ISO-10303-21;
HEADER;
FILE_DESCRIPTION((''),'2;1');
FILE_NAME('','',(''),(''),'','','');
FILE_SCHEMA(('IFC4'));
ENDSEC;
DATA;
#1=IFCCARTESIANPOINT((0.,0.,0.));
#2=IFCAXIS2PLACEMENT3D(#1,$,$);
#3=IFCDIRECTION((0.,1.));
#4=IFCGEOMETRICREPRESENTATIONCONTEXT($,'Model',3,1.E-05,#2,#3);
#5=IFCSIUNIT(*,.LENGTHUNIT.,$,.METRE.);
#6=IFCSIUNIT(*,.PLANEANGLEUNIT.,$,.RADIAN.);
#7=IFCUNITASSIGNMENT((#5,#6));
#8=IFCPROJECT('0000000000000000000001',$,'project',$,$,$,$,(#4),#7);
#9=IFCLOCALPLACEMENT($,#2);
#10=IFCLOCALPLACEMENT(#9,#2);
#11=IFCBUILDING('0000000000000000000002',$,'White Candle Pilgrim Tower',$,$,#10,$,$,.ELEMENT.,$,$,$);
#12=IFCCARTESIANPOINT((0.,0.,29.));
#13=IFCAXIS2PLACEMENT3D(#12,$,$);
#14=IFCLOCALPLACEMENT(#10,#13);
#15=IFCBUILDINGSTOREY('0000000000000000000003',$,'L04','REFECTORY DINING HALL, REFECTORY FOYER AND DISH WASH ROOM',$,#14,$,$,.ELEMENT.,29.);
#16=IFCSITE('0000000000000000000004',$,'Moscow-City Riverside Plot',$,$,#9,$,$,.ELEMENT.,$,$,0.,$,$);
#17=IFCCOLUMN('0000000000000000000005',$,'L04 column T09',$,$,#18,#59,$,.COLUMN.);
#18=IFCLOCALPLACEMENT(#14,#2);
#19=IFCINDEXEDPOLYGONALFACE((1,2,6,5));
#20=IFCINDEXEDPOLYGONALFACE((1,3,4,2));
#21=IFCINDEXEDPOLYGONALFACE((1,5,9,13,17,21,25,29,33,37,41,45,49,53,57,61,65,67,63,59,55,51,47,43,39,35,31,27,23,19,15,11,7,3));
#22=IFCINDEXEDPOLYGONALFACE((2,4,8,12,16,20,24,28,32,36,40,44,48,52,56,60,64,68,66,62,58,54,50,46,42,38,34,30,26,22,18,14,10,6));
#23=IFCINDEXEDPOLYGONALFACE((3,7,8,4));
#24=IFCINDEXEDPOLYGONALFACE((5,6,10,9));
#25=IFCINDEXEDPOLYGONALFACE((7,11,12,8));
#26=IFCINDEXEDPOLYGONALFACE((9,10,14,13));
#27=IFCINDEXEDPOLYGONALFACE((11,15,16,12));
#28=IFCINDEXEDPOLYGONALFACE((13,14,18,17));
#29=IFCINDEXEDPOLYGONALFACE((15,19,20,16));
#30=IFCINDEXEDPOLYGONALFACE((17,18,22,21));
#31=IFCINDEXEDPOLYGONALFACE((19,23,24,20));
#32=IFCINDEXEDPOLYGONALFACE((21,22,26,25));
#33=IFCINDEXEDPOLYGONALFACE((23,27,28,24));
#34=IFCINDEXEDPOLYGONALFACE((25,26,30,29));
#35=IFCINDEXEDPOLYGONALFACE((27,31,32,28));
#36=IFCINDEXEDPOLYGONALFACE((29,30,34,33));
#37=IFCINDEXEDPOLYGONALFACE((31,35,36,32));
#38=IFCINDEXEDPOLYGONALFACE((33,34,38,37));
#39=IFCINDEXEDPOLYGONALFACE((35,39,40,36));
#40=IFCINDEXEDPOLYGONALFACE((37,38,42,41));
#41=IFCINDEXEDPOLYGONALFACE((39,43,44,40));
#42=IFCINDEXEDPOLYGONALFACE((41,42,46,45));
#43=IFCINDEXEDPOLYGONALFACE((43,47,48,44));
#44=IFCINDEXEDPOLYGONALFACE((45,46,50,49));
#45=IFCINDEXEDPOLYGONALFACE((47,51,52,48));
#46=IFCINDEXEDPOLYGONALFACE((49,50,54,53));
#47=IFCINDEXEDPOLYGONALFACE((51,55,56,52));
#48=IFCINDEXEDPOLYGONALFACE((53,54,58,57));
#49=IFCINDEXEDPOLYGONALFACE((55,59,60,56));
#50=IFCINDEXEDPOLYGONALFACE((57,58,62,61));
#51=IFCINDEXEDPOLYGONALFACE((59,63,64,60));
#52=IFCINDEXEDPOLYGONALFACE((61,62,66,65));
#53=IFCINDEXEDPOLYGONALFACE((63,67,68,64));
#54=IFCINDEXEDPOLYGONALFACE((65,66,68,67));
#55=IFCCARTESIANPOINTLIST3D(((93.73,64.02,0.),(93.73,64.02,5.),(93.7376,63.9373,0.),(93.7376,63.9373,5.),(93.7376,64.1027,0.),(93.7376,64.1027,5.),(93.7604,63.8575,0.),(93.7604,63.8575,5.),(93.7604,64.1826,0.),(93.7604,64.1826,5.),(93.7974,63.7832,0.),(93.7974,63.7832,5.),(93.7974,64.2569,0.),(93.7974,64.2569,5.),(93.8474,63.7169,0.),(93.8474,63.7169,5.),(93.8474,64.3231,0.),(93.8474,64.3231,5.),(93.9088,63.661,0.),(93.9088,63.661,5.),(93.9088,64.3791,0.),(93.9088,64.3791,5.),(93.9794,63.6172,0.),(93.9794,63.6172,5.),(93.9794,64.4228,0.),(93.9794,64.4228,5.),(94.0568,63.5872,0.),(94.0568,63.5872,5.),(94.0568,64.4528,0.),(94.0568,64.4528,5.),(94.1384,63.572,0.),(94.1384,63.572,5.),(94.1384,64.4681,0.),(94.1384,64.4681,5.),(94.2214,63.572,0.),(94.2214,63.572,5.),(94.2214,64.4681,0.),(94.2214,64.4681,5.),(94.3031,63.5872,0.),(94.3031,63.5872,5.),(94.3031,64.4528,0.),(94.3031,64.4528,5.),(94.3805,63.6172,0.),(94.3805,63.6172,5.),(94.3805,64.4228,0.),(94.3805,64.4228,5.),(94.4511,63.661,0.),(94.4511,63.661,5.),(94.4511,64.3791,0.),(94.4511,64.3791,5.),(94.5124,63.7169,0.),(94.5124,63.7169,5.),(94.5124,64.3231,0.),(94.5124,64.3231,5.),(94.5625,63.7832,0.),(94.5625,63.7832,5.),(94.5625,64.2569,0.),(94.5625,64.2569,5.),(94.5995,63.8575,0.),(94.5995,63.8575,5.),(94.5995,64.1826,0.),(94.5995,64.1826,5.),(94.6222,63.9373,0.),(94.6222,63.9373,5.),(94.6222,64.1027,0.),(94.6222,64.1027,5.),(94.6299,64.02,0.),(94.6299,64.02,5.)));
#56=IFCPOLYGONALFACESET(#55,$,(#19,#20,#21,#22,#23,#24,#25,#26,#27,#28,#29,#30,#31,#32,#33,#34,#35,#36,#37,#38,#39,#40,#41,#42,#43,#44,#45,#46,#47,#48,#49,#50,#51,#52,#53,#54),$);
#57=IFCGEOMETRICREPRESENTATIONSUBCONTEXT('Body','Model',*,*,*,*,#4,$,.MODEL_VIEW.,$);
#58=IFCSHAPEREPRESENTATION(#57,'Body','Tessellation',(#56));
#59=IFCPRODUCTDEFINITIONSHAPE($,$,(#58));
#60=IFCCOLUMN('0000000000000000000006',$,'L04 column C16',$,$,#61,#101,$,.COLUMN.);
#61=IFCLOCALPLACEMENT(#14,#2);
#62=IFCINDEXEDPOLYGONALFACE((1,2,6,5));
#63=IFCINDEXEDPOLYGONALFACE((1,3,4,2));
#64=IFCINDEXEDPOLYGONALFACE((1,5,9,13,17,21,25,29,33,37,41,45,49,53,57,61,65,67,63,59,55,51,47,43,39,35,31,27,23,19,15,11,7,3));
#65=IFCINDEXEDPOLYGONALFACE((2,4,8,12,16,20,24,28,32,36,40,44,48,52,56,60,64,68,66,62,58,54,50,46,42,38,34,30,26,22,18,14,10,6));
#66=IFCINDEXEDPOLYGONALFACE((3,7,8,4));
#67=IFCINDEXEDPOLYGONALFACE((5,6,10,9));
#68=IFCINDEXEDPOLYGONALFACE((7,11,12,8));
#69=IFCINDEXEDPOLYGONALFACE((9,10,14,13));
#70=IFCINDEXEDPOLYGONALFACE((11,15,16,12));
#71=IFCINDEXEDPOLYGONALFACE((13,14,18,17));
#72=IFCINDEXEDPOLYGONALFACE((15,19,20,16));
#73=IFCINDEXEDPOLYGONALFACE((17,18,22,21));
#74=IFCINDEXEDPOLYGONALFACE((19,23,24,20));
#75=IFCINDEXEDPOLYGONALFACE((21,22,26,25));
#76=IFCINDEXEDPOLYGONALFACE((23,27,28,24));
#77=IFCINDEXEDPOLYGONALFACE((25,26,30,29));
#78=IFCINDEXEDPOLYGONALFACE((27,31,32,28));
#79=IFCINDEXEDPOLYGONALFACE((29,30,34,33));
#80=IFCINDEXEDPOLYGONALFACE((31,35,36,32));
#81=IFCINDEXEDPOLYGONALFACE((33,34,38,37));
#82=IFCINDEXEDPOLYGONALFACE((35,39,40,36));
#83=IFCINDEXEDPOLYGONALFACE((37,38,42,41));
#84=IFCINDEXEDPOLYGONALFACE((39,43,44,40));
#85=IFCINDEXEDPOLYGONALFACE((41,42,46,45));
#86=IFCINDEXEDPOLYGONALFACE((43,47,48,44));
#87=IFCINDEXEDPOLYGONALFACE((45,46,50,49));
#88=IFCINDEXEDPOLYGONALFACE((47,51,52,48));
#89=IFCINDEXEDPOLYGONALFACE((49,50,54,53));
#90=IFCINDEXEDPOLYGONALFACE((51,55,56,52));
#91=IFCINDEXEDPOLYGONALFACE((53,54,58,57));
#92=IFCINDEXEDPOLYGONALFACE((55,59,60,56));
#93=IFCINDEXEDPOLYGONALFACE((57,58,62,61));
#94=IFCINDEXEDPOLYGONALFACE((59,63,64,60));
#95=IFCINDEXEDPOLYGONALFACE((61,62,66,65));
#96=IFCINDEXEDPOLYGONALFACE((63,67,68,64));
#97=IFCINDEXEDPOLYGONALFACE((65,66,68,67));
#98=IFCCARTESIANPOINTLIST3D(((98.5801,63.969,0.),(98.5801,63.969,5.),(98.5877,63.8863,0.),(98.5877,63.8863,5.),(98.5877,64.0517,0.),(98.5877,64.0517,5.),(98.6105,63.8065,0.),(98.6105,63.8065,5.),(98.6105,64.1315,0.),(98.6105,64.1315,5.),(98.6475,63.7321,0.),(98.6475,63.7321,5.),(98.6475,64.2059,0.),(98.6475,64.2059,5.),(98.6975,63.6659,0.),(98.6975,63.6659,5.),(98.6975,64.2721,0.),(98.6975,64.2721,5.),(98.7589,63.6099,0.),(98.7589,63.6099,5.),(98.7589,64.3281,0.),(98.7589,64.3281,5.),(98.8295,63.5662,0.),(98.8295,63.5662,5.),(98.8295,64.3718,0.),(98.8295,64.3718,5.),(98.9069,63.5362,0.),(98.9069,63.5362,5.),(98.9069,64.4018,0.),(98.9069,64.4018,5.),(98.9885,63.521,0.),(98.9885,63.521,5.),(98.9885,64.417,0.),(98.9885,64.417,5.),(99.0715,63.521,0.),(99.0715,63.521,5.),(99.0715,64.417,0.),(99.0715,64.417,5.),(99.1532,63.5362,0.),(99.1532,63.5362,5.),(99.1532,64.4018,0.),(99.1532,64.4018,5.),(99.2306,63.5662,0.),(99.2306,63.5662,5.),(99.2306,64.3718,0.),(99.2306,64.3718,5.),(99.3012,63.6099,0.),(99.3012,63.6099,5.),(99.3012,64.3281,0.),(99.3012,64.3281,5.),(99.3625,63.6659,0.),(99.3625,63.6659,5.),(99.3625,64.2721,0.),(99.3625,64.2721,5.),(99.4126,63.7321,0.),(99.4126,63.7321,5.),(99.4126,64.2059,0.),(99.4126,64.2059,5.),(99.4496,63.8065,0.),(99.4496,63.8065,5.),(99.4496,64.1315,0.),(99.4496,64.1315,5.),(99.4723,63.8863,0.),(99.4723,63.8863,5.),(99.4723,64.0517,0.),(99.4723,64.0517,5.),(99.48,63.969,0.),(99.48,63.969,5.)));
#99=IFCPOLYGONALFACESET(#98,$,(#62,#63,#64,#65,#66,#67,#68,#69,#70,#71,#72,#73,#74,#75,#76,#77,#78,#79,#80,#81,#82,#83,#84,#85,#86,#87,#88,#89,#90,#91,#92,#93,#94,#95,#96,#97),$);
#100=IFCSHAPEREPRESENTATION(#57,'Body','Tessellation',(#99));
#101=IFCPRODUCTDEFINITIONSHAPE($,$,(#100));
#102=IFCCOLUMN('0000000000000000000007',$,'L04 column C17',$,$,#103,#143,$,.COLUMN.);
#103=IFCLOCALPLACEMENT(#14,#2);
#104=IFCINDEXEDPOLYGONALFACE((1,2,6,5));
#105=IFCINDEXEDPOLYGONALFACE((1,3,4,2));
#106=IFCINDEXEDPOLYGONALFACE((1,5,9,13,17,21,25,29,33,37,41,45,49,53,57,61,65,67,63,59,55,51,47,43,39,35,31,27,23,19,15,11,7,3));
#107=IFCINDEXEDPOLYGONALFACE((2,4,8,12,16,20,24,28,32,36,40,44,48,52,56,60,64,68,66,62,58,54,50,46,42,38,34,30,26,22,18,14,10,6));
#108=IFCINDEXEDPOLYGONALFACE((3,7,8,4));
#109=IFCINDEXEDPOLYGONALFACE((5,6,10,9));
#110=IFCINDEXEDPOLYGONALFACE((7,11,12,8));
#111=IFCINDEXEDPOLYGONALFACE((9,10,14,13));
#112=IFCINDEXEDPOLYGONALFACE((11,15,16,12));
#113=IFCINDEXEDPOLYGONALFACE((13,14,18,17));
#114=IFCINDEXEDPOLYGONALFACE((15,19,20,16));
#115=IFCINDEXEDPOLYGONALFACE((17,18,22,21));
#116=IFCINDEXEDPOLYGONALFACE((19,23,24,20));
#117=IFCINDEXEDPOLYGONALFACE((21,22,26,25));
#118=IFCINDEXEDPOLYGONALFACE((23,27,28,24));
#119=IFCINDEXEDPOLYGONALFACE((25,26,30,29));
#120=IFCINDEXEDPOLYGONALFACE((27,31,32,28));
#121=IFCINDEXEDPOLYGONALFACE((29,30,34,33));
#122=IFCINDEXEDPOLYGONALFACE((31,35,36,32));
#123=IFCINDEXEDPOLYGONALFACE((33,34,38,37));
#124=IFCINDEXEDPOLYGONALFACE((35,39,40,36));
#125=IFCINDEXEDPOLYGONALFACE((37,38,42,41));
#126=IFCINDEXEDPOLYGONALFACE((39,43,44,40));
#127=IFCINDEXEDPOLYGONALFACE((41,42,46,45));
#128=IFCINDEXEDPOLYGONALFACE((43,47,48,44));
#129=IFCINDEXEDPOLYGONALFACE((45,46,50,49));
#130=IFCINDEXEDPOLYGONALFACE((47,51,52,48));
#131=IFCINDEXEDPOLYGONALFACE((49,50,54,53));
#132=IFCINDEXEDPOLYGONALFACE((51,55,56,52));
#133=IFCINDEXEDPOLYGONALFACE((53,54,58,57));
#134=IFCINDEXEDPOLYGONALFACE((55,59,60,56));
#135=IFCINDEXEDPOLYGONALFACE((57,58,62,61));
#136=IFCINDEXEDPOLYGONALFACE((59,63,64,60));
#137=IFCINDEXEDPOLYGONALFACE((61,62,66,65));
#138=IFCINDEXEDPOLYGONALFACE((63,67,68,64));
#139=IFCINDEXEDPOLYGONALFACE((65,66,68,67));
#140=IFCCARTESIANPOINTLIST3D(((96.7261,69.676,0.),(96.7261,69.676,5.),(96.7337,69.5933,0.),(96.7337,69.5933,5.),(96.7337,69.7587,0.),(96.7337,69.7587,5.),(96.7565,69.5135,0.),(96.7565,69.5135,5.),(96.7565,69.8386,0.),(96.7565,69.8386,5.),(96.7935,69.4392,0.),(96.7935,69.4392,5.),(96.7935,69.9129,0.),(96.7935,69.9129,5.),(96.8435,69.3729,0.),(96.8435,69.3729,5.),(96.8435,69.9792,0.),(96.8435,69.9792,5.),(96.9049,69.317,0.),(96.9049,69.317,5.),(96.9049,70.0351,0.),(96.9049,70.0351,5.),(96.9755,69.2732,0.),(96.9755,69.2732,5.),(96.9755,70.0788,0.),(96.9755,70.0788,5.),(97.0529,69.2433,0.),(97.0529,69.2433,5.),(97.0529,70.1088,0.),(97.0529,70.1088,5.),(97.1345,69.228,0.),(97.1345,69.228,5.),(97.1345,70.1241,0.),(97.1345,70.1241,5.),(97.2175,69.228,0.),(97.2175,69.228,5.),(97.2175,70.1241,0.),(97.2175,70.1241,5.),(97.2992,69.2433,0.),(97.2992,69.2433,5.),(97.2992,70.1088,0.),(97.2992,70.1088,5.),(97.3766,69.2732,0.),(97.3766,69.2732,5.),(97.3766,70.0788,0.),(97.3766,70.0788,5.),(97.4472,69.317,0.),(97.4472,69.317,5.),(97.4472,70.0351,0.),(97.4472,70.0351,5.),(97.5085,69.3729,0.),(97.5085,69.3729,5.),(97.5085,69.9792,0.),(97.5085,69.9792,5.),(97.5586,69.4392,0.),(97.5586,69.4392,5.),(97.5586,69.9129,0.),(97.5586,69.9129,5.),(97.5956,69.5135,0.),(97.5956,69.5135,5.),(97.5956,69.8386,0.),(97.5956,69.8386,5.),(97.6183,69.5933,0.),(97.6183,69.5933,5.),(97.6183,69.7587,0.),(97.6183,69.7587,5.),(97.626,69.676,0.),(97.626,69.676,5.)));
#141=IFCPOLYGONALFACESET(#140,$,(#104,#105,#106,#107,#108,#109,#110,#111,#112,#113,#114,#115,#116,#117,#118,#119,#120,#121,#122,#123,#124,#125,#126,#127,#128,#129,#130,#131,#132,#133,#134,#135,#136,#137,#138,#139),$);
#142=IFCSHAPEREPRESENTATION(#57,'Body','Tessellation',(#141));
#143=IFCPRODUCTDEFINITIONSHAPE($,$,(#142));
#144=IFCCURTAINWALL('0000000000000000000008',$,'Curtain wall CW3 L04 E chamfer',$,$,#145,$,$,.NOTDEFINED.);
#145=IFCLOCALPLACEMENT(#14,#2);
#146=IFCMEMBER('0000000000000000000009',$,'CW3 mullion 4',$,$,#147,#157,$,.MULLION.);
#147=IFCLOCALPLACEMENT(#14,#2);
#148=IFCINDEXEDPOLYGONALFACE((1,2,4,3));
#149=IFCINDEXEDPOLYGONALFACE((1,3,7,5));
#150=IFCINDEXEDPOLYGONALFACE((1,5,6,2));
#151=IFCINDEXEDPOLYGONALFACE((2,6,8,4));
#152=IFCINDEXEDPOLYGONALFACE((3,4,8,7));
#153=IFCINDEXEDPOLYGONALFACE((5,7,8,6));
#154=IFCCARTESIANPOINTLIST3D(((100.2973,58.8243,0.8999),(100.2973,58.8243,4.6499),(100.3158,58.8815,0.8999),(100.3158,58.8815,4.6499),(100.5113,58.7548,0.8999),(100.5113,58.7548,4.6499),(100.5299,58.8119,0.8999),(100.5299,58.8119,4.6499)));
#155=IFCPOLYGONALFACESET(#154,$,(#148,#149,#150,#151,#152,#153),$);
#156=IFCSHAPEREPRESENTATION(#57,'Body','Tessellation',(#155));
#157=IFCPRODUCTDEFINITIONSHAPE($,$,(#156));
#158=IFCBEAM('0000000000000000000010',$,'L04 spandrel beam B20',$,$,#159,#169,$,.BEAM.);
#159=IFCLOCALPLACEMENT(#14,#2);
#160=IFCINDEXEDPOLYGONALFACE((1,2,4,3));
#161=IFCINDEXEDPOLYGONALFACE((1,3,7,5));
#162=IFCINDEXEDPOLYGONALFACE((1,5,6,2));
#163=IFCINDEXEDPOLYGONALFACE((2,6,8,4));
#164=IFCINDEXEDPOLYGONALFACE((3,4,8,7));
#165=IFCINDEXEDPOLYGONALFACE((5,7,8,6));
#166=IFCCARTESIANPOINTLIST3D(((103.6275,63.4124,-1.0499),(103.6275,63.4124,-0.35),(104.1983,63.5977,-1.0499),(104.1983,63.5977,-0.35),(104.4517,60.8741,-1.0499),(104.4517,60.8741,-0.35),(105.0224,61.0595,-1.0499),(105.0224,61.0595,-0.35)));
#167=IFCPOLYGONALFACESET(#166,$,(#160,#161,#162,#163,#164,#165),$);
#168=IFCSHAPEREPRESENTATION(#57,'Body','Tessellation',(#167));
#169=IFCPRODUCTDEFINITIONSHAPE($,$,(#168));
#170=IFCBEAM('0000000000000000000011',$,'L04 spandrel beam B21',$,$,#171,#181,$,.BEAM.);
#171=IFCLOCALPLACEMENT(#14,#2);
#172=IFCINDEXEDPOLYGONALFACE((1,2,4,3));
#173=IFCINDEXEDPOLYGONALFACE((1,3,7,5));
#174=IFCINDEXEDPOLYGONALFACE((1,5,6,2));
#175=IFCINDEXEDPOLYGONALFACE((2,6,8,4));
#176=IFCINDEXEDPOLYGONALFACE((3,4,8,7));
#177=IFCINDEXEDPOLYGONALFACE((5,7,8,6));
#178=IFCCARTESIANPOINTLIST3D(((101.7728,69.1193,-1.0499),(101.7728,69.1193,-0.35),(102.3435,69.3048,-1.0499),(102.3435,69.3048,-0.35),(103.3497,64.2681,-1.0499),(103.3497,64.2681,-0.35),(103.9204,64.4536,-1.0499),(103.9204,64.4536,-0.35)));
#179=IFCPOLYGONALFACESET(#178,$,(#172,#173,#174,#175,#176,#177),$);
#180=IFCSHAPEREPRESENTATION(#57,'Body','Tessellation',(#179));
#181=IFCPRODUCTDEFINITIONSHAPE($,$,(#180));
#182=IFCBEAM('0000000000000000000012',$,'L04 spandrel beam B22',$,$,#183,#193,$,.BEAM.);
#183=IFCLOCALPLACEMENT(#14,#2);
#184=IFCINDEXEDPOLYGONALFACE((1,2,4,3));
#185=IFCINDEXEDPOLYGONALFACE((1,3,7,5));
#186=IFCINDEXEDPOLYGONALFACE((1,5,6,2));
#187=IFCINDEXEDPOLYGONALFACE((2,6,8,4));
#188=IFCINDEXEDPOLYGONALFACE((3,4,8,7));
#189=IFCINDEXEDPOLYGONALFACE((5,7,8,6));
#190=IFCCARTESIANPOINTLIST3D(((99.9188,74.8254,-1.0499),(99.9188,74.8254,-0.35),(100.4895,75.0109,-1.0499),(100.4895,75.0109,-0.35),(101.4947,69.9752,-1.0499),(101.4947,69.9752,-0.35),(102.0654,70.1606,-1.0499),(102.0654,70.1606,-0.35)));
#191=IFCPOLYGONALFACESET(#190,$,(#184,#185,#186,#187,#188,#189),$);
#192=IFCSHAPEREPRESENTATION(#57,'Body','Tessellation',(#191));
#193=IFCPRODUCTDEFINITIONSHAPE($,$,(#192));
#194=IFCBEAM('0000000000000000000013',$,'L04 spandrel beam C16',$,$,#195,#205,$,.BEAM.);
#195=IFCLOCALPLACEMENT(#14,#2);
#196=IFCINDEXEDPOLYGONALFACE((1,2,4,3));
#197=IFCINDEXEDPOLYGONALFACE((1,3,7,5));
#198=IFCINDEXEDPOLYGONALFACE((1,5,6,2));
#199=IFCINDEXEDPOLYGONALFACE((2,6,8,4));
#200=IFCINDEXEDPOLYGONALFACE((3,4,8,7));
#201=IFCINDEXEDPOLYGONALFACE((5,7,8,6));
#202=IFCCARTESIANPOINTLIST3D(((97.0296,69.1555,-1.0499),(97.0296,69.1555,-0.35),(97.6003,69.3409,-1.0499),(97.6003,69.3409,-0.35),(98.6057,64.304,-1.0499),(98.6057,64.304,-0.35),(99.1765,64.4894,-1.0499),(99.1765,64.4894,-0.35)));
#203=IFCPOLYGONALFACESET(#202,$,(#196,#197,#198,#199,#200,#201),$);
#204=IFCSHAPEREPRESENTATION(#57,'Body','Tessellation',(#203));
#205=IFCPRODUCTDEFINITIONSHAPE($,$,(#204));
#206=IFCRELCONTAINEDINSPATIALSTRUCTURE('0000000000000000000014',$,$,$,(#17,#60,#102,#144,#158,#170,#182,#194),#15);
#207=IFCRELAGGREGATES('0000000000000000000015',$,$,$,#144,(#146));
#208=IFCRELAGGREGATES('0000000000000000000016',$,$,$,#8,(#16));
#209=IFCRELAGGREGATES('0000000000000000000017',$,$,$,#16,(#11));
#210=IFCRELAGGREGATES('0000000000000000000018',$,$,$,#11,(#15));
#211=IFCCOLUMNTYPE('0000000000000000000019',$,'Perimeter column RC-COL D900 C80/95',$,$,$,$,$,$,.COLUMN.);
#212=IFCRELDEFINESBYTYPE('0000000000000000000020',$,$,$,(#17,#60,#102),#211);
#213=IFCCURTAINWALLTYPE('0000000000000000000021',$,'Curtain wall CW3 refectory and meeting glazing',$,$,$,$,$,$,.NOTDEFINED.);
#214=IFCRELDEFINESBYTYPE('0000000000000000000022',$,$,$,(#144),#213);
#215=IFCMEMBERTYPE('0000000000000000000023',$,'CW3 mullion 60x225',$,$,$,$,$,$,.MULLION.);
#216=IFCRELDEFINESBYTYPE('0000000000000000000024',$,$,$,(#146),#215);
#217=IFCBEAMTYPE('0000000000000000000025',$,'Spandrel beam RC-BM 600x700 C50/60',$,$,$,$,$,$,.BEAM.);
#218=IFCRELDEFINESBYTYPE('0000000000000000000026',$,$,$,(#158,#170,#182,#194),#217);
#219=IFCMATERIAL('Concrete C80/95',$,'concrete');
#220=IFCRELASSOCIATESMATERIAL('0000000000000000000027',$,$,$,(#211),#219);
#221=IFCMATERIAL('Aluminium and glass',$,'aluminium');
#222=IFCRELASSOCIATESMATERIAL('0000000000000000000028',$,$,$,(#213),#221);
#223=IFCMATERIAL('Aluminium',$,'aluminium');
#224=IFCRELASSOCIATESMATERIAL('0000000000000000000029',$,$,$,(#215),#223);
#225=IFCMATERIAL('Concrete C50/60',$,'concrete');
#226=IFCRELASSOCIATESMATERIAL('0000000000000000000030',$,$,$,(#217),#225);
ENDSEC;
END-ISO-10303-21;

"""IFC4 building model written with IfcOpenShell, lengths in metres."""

from ifc_helpers import new_model, si_unit, direction, frame, origin, origin_2d, place, context, subcontext, project, spatial, rectangle, circle, extrude, material, material_profile, profile_set, type_object, element, aggregate, save


model = new_model("IFC4")

# Units and contexts
model_context = context("Model", 3, precision=1e-05, world=origin(), true_north=direction((0.0, 1.0)))
body_context = subcontext(model_context, "Body", "Model", "MODEL_VIEW")
ifc_project = project(units=[si_unit("LENGTHUNIT", "METRE"), si_unit("PLANEANGLEUNIT", "RADIAN")], contexts=[model_context])

# Site, building, storey
site_placement = place(None, origin())
site = spatial("IfcSite", under=ifc_project, at=site_placement, Name="Moscow-City Riverside Plot", CompositionType="ELEMENT", RefElevation=0.0)
building_placement = place(site_placement, origin())
building = spatial("IfcBuilding", under=site, at=building_placement, Name="White Candle Pilgrim Tower", CompositionType="ELEMENT")
storey_placement = place(building_placement, frame((0.0, 0.0, 29.0)))
storey = spatial("IfcBuildingStorey", under=building, at=storey_placement, Name="L04", Description="REFECTORY DINING HALL, REFECTORY FOYER AND DISH WASH ROOM", CompositionType="ELEMENT", Elevation=29.0)

# Columns
ifc_material_1 = material(Name="Concrete C80/95", Category="concrete")
ifc_material_profile_1 = material_profile(ifc_material_1, circle(Radius=0.45, at=origin_2d()), Name="RC-COL D900")
ifc_profile_set_1 = profile_set([ifc_material_profile_1], Name="Concrete C80/95")
column_type = type_object("IfcColumnType", Name="Perimeter column RC-COL D900 C80/95", PredefinedType="COLUMN", material=ifc_profile_set_1)
for number, where, z_axis, x_axis, name in (
    (1, (94.1799, 64.02, 0.0), (0.0, 0.0, 1.0), (1.0, 0.0, 0.0), "L04 column T09"),
    (2, (99.03, 63.969, 0.0), (0.0, 0.0, 1.0), (1.0, 0.0, 0.0), "L04 column C16"),
    (3, (97.176, 69.676, 0.0), (0.0, 0.0, 1.0), (1.0, 0.0, 0.0), "L04 column C17"),
):
    element("IfcColumn", number, at=place(storey_placement, frame(where, z_axis=z_axis, x_axis=x_axis)), inside=storey, type_object=column_type, Name=name, PredefinedType="COLUMN", context=body_context, shape_type="SweptSolid", body=[
        extrude(circle(Radius=0.45, at=origin_2d()), origin(), (0.0, 0.0, 1.0), 5.0),
    ])

# Curtain wall, member
ifc_material_2 = material(Name="Aluminium and glass", Category="aluminium")
curtain_wall_type = type_object("IfcCurtainWallType", Name="Curtain wall CW3 refectory and meeting glazing", PredefinedType="NOTDEFINED", material=ifc_material_2)
curtain_wall_placement = place(storey_placement, origin())
curtain_wall = element("IfcCurtainWall", 4, at=curtain_wall_placement, inside=storey, type_object=curtain_wall_type, Name="Curtain wall CW3 L04 E chamfer", PredefinedType="NOTDEFINED")
ifc_material_3 = material(Name="Aluminium", Category="aluminium")
ifc_material_profile_2 = material_profile(ifc_material_3, rectangle(XDim=0.2251, YDim=0.0601, at=origin_2d()), Name="CW3 mullion 60x225")
ifc_profile_set_2 = profile_set([ifc_material_profile_2], Name="Aluminium")
member_type = type_object("IfcMemberType", Name="CW3 mullion 60x225", PredefinedType="MULLION", material=ifc_profile_set_2)
member_placement = place(storey_placement, frame((100.4136, 58.8181, 0.8999), z_axis=(0.0, 0.0, 1.0), x_axis=(-0.951057, 0.309017, 0.0)))
member = element("IfcMember", 5, at=member_placement, type_object=member_type, Name="CW3 mullion 4", PredefinedType="MULLION", context=body_context, shape_type="SweptSolid", body=[
    extrude(rectangle(XDim=0.2251, YDim=0.0601, at=origin_2d()), origin(), (0.0, 0.0, 1.0), 3.75),
])

# Beams
ifc_material_4 = material(Name="Concrete C50/60", Category="concrete")
ifc_material_profile_3 = material_profile(ifc_material_4, rectangle(XDim=0.6001, YDim=0.7, at=origin_2d()), Name="RC-BM 600x700")
ifc_profile_set_3 = profile_set([ifc_material_profile_3], Name="Concrete C50/60")
beam_type = type_object("IfcBeamType", Name="Spandrel beam RC-BM 600x700 C50/60", PredefinedType="BEAM", material=ifc_profile_set_3)
beam_1_placement = place(storey_placement, frame((104.7371, 60.9668, -0.7), z_axis=(-0.308836, 0.951115, 0.0), x_axis=(-0.951115, -0.308836, 0.0)))
element("IfcBeam", 6, at=beam_1_placement, inside=storey, type_object=beam_type, Name="L04 spandrel beam B20", PredefinedType="BEAM", context=body_context, shape_type="SweptSolid", body=[
    extrude(rectangle(XDim=0.6001, YDim=0.7, at=origin_2d()), origin(), (0.0, 0.0, 1.0), 2.6687),
])
beam_2_placement = place(storey_placement, frame((103.635, 64.3608, -0.7), z_axis=(-0.309126, 0.951021, 0.0), x_axis=(-0.951021, -0.309126, 0.0)))
element("IfcBeam", 7, at=beam_2_placement, inside=storey, type_object=beam_type, Name="L04 spandrel beam B21", PredefinedType="BEAM", context=body_context, shape_type="SweptSolid", body=[
    extrude(rectangle(XDim=0.6001, YDim=0.7, at=origin_2d()), origin(), (0.0, 0.0, 1.0), 5.1011),
])
beam_3_placement = place(storey_placement, frame((101.78, 70.0679, -0.7), z_axis=(-0.309009, 0.951059, 0.0), x_axis=(-0.951059, -0.309009, 0.0)))
element("IfcBeam", 8, at=beam_3_placement, inside=storey, type_object=beam_type, Name="L04 spandrel beam B22", PredefinedType="BEAM", context=body_context, shape_type="SweptSolid", body=[
    extrude(rectangle(XDim=0.6001, YDim=0.7, at=origin_2d()), origin(), (0.0, 0.0, 1.0), 5.0999),
])
beam_4_placement = place(storey_placement, frame((98.8911, 64.3967, -0.7), z_axis=(-0.308982, 0.951068, 0.0), x_axis=(-0.951068, -0.308982, 0.0)))
element("IfcBeam", 9, at=beam_4_placement, inside=storey, type_object=beam_type, Name="L04 spandrel beam C16", PredefinedType="BEAM", context=body_context, shape_type="SweptSolid", body=[
    extrude(rectangle(XDim=0.6001, YDim=0.7, at=origin_2d()), origin(), (0.0, 0.0, 1.0), 5.1011),
])

aggregate(curtain_wall, [member])

save(model, "model.ifc")
